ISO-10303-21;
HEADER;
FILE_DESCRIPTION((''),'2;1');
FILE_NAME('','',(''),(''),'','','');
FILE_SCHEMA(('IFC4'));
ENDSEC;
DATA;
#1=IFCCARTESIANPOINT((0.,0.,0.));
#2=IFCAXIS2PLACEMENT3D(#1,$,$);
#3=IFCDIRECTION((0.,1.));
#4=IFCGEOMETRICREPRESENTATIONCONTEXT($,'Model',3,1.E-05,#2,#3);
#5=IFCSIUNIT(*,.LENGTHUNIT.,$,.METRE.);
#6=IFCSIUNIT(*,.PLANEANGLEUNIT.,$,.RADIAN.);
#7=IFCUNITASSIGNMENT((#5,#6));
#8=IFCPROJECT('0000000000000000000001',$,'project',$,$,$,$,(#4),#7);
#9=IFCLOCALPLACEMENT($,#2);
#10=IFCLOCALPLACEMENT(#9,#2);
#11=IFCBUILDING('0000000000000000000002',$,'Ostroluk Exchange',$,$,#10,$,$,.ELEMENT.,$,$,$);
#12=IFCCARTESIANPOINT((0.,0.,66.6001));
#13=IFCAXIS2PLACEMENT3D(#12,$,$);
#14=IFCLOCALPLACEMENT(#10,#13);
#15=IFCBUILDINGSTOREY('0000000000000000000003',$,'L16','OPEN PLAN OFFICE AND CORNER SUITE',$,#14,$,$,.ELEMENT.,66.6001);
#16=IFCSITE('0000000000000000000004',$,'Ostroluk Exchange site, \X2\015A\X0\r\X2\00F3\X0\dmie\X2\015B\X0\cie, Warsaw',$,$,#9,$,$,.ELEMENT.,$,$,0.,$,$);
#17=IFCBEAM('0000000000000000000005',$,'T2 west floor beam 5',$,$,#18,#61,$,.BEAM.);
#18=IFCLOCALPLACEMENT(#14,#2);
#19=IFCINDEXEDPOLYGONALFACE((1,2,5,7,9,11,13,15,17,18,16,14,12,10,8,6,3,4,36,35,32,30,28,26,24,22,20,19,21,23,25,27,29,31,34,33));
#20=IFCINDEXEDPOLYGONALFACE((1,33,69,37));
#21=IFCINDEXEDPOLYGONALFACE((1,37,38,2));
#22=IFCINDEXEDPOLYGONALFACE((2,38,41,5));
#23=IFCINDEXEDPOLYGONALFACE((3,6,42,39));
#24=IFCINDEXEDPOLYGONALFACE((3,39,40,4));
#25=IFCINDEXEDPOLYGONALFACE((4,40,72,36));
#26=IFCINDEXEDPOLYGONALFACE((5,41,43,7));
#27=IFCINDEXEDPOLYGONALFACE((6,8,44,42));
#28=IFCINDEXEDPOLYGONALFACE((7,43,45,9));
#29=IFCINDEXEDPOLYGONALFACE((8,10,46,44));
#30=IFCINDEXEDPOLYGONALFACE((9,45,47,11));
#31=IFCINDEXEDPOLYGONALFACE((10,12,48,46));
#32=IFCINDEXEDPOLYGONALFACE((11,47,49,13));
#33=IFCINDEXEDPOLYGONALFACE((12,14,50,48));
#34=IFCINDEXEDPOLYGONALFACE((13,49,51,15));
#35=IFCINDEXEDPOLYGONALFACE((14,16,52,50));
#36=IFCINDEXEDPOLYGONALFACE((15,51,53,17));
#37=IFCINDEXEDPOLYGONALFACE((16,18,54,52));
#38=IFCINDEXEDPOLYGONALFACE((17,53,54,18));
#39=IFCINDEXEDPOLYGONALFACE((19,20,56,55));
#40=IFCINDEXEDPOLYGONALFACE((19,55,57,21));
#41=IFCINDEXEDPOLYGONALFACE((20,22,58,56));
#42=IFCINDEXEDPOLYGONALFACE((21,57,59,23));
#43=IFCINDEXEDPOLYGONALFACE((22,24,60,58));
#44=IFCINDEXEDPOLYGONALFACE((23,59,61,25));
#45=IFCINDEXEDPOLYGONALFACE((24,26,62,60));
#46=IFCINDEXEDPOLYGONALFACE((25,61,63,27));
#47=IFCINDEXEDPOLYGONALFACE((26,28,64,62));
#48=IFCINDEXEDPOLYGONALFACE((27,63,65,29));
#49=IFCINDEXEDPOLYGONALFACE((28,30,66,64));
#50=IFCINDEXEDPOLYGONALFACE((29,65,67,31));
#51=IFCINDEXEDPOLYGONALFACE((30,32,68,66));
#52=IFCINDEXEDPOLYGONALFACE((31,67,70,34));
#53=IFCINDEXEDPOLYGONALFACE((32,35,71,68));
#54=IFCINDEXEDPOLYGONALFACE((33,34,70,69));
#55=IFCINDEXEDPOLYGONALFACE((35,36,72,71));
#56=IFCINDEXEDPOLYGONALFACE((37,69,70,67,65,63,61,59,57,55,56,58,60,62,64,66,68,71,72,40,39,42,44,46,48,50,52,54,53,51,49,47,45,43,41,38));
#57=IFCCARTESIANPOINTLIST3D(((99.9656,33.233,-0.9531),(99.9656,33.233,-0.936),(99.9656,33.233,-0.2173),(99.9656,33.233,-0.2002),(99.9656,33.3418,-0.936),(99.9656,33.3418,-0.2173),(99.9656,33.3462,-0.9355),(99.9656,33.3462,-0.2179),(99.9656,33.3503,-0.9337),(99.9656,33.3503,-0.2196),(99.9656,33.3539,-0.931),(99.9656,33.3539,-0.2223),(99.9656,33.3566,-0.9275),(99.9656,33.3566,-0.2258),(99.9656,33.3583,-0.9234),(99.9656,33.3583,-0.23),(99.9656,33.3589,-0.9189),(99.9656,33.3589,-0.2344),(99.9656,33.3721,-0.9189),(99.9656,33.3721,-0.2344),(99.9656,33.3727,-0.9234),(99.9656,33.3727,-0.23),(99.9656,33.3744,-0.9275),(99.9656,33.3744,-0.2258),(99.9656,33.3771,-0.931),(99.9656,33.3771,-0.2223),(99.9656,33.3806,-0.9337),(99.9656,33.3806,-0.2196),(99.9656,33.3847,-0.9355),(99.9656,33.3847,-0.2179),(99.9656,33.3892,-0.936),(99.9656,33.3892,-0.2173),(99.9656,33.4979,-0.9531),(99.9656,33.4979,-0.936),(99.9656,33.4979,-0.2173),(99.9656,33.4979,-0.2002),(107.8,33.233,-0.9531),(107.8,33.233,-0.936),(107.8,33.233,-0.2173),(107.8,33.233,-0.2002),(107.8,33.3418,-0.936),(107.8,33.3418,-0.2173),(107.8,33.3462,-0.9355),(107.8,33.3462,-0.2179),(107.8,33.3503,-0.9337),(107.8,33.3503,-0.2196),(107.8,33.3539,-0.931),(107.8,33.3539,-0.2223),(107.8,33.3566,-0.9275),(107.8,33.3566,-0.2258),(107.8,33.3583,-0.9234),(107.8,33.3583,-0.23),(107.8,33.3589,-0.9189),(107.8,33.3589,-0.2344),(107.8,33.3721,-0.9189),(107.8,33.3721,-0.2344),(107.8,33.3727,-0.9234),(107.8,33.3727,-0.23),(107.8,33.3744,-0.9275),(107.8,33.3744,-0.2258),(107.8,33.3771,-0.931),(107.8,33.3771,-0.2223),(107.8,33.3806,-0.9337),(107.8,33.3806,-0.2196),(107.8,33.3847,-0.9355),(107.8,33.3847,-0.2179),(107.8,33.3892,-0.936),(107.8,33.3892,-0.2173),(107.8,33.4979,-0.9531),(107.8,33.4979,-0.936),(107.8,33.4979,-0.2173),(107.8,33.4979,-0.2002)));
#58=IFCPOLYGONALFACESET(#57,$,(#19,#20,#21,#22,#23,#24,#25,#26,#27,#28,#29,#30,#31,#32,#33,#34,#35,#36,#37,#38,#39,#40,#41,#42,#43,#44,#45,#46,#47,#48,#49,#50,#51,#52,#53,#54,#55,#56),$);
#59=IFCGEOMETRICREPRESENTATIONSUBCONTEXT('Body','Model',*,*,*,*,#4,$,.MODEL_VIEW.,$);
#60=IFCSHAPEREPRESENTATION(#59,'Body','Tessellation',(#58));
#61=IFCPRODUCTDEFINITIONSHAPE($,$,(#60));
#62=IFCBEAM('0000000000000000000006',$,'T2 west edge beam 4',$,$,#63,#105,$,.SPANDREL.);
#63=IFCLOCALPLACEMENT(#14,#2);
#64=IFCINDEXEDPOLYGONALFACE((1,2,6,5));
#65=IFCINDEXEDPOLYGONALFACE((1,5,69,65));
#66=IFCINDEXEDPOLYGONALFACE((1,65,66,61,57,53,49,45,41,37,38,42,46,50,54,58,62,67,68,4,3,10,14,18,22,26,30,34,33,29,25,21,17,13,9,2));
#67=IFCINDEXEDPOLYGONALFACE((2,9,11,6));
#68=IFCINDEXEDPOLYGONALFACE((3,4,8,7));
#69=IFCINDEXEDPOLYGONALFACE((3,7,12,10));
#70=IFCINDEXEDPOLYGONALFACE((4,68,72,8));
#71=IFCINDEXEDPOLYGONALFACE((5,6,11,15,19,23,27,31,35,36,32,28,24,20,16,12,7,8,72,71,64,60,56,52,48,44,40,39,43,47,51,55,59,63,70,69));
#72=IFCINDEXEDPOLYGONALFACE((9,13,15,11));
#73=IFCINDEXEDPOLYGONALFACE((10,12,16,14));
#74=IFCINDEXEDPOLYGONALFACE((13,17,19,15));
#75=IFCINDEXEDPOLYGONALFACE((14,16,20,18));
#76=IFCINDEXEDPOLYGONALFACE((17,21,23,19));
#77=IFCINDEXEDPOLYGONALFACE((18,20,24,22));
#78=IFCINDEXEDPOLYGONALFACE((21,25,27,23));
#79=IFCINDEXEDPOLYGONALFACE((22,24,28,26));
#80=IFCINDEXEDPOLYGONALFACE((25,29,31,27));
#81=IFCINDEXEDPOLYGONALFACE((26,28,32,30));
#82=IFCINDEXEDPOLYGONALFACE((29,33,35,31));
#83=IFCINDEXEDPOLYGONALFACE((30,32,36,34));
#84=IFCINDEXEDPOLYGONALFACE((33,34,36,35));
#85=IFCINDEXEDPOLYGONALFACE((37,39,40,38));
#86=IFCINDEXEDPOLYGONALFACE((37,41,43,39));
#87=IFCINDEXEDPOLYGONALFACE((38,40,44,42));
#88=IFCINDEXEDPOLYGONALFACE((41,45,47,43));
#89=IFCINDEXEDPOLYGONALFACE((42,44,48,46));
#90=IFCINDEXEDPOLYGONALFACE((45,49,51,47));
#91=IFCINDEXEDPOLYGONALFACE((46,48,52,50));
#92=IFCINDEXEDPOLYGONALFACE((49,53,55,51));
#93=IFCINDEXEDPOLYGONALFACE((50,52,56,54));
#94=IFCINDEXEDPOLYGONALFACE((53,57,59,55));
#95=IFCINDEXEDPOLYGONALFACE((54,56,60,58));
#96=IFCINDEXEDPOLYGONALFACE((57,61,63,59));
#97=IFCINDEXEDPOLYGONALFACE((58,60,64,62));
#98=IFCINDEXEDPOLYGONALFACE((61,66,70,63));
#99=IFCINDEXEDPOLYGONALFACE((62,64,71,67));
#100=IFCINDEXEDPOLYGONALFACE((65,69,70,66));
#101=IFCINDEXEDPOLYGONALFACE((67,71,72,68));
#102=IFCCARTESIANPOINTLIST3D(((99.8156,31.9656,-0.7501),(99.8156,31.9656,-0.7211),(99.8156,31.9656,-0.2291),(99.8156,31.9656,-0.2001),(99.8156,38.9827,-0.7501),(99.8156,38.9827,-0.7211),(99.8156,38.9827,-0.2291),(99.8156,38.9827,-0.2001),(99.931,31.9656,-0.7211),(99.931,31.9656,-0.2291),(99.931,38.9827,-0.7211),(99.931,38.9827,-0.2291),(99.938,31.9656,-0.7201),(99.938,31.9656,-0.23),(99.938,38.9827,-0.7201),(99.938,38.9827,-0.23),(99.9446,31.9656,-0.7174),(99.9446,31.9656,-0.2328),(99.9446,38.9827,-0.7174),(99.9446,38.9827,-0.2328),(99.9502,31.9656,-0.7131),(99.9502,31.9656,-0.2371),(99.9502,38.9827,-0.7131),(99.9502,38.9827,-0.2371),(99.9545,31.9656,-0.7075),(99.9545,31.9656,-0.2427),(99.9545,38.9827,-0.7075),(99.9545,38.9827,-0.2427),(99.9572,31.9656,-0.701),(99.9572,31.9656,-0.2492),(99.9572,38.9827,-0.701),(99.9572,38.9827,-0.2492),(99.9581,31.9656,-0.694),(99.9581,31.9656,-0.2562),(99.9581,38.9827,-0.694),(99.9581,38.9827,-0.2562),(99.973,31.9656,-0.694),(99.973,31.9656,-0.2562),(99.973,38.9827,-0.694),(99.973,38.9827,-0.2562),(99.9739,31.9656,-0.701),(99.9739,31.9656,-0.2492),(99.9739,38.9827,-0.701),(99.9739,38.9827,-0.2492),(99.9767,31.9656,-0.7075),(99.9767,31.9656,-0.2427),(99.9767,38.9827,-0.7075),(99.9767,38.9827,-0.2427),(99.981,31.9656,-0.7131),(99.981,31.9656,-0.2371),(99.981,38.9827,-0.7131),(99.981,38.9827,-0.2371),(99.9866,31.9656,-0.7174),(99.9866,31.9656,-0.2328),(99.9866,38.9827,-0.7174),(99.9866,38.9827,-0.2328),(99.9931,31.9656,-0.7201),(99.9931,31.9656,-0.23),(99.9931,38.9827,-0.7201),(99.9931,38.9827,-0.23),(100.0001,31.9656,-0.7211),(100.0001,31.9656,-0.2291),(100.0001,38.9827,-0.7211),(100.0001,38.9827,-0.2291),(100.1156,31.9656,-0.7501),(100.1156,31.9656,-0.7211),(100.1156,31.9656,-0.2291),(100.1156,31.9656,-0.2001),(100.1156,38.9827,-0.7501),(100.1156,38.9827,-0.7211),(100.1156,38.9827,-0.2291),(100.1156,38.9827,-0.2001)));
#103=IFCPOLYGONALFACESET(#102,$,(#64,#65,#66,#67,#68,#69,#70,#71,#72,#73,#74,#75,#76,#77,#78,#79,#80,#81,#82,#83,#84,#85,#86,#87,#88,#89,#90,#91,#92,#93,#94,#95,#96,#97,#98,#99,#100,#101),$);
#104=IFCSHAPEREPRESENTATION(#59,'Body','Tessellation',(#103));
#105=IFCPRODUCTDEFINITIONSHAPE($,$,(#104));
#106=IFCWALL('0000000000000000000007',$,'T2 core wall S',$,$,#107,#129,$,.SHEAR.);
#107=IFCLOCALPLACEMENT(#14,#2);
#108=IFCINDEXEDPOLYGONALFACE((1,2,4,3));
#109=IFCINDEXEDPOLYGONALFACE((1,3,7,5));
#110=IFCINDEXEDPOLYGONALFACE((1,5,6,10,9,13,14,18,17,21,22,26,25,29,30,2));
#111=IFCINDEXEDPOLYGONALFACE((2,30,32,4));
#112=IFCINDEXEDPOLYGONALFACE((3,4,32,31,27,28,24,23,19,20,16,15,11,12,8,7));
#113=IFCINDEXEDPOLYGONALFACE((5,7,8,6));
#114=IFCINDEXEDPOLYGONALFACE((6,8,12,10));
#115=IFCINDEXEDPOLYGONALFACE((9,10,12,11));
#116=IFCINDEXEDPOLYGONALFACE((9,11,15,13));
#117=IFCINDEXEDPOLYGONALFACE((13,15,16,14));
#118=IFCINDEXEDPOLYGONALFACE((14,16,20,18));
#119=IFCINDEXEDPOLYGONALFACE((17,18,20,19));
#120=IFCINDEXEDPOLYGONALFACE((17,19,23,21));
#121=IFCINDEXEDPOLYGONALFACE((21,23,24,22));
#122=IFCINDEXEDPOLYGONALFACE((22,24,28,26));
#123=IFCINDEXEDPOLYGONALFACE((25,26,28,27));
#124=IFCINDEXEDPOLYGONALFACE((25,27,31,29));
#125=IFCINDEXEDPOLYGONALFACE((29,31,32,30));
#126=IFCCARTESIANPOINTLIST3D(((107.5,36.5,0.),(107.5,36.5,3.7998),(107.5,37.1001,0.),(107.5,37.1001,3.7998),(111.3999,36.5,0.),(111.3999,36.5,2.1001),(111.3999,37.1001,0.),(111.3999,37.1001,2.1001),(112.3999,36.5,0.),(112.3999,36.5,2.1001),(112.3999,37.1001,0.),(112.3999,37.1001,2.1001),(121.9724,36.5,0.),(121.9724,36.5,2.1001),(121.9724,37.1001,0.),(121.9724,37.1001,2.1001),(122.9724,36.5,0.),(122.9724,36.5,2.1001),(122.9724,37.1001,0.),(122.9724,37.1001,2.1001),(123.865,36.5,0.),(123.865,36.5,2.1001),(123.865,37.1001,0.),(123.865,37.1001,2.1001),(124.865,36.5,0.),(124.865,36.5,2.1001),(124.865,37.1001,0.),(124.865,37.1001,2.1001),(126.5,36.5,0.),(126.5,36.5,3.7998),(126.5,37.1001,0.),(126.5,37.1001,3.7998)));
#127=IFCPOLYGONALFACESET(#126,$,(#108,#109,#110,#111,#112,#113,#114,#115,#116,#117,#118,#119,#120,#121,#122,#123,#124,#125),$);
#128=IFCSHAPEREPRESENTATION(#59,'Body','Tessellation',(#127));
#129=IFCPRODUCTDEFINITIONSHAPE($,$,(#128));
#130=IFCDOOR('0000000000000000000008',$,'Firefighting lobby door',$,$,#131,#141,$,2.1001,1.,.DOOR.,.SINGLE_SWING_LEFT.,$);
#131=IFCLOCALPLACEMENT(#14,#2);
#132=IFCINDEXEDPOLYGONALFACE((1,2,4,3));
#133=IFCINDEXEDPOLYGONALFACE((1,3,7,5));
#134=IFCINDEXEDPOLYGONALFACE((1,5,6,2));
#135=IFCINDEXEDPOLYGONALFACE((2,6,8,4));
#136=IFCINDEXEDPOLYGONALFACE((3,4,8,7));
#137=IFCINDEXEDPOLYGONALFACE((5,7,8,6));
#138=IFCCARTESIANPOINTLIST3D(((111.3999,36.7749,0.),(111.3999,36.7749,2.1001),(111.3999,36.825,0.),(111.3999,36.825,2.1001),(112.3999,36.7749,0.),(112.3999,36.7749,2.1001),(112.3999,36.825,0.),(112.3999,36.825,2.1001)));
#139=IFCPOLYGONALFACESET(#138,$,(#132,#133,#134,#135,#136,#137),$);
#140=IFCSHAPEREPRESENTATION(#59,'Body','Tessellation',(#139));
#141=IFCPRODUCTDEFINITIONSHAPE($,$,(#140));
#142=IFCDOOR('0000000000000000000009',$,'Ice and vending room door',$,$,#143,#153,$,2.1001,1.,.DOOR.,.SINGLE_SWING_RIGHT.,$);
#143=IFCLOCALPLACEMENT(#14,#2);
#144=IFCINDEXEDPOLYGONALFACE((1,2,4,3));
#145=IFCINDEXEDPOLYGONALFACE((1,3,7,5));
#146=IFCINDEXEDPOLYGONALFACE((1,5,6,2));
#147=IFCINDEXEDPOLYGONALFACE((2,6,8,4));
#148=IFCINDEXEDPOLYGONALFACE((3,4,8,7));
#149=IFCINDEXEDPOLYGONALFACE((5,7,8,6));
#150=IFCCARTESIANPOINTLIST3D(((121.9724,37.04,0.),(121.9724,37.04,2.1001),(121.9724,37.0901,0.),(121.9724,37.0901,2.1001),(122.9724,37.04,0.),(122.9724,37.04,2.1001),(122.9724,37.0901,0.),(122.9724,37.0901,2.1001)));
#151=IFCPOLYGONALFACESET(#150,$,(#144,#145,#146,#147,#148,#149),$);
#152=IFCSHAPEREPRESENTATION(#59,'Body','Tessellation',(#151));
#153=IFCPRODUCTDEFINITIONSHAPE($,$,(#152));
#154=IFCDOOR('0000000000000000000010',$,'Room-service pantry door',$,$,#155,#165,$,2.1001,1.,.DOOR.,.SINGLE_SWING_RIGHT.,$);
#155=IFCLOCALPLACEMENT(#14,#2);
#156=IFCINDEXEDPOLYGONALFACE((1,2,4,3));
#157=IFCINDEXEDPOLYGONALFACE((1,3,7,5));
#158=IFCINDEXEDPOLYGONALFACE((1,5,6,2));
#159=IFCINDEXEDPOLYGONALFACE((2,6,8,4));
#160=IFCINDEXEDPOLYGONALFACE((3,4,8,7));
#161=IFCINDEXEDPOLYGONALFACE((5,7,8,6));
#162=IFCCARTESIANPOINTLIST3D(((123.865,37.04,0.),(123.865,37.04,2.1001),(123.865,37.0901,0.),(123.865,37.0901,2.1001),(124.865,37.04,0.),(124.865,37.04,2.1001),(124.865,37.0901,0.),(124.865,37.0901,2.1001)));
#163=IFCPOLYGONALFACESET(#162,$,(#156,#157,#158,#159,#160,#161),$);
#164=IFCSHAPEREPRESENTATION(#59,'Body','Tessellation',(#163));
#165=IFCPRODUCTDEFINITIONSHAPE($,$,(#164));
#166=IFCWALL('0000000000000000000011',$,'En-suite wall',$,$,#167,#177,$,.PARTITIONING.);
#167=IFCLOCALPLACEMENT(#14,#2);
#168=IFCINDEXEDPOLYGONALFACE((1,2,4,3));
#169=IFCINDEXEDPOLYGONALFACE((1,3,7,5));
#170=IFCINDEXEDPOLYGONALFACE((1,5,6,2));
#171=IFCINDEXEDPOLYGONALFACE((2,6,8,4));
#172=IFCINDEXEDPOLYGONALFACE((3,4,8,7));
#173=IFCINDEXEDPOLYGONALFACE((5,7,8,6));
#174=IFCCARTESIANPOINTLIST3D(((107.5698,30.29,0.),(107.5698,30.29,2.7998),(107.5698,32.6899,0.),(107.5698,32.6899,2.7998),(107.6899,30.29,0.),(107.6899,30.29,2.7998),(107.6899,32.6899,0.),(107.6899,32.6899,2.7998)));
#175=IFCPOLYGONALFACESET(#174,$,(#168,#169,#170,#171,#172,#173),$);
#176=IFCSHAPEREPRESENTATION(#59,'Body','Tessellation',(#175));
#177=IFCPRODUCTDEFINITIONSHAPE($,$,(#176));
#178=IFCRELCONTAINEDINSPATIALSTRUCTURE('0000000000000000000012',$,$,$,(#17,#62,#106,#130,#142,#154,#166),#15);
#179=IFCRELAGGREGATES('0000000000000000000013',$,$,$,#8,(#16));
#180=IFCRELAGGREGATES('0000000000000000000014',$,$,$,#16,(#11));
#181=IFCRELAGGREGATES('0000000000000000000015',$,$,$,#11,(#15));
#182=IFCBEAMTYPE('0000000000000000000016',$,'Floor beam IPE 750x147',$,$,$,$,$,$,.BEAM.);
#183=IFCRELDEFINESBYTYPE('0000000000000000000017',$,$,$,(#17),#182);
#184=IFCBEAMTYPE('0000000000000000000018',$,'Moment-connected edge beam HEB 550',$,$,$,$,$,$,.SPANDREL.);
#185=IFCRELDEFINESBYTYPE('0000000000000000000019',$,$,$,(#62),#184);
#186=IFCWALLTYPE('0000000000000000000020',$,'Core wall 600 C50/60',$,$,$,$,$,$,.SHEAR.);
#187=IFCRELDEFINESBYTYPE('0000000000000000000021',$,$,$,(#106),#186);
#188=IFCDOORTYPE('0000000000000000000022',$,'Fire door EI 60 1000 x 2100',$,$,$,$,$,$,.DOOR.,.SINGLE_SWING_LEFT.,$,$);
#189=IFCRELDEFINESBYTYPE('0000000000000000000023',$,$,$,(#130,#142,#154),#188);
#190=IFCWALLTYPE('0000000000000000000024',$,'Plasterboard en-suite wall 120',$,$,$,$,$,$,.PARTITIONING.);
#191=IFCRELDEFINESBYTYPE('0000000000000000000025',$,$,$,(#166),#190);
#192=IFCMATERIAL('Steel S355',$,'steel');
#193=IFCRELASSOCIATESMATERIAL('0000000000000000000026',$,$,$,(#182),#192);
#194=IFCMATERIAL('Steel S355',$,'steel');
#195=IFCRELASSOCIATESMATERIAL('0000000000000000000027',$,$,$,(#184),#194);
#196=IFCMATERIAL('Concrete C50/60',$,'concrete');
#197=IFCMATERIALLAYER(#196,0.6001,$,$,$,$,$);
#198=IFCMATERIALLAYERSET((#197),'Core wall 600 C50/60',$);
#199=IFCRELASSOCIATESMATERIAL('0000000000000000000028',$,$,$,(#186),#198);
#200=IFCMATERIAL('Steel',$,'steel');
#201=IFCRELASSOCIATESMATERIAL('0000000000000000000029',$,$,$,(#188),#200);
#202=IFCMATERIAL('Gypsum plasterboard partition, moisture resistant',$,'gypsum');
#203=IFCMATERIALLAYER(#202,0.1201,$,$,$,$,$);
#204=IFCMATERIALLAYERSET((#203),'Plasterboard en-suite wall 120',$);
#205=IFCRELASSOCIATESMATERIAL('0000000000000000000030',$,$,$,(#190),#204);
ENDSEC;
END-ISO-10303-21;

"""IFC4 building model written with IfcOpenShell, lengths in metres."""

from ifc_helpers import new_model, si_unit, direction, frame, frame_2d, origin, origin_2d, place, context, subcontext, project, spatial, rectangle, i_section, extrude, material, layer, layer_set, material_profile, profile_set, type_object, element, fill, save


model = new_model("IFC4")

# Units and contexts
model_context = context("Model", 3, precision=1e-05, world=origin(), true_north=direction((0.0, 1.0)))
body_context = subcontext(model_context, "Body", "Model", "MODEL_VIEW")
ifc_project = project(units=[si_unit("LENGTHUNIT", "METRE"), si_unit("PLANEANGLEUNIT", "RADIAN")], contexts=[model_context])

# Site, building, storey
site_placement = place(None, origin())
site = spatial("IfcSite", under=ifc_project, at=site_placement, Name="Ostroluk Exchange site, Śródmieście, Warsaw", CompositionType="ELEMENT", RefElevation=0.0)
building_placement = place(site_placement, origin())
building = spatial("IfcBuilding", under=site, at=building_placement, Name="Ostroluk Exchange", CompositionType="ELEMENT")
storey_placement = place(building_placement, frame((0.0, 0.0, 66.6001)))
storey = spatial("IfcBuildingStorey", under=building, at=storey_placement, Name="L16", Description="OPEN PLAN OFFICE AND CORNER SUITE", CompositionType="ELEMENT", Elevation=66.6001)

# Beams
ifc_material_1 = material(Name="Steel S355", Category="steel")
ifc_material_profile_1 = material_profile(ifc_material_1, i_section(OverallWidth=0.2649, OverallDepth=0.7529, WebThickness=0.0132, FlangeThickness=0.0171, FilletRadius=0.0171, at=origin_2d()), Name="IPE 750x147")
ifc_profile_set_1 = profile_set([ifc_material_profile_1], Name="Steel S355")
beam_type_1 = type_object("IfcBeamType", Name="Floor beam IPE 750x147", PredefinedType="BEAM", material=ifc_profile_set_1)
beam_1_placement = place(storey_placement, frame((107.8, 33.3655, -0.5767), z_axis=(-1.0, 0.0, 0.0), x_axis=(0.0, -1.0, 0.0)))
element("IfcBeam", 1, at=beam_1_placement, inside=storey, type_object=beam_type_1, Name="T2 west floor beam 5", PredefinedType="BEAM", context=body_context, shape_type="SweptSolid", body=[
    extrude(i_section(OverallWidth=0.2649, OverallDepth=0.7529, WebThickness=0.0132, FlangeThickness=0.0171, FilletRadius=0.0171, at=origin_2d()), origin(), (0.0, 0.0, 1.0), 7.8345),
])
ifc_material_2 = material(Name="Steel S355", Category="steel")
ifc_material_profile_2 = material_profile(ifc_material_2, i_section(OverallWidth=0.3, OverallDepth=0.55, WebThickness=0.0149, FlangeThickness=0.0291, FilletRadius=0.0271, at=origin_2d()), Name="HEB 550")
ifc_profile_set_2 = profile_set([ifc_material_profile_2], Name="Steel S355")
beam_type_2 = type_object("IfcBeamType", Name="Moment-connected edge beam HEB 550", PredefinedType="SPANDREL", material=ifc_profile_set_2)
beam_2_placement = place(storey_placement, frame((99.9656, 38.9827, -0.4751), z_axis=(0.0, -1.0, 0.0), x_axis=(1.0, 0.0, 0.0)))
element("IfcBeam", 2, at=beam_2_placement, inside=storey, type_object=beam_type_2, Name="T2 west edge beam 4", PredefinedType="SPANDREL", context=body_context, shape_type="SweptSolid", body=[
    extrude(i_section(OverallWidth=0.3, OverallDepth=0.55, WebThickness=0.0149, FlangeThickness=0.0291, FilletRadius=0.0271, at=origin_2d()), origin(), (0.0, 0.0, 1.0), 7.0171),
])

# Wall, openings, doors
ifc_material_3 = material(Name="Concrete C50/60", Category="concrete")
ifc_layer_1 = layer(ifc_material_3, 0.6001)
ifc_layer_set_1 = layer_set([ifc_layer_1], Name="Core wall 600 C50/60")
wall_type_1 = type_object("IfcWallType", Name="Core wall 600 C50/60", PredefinedType="SHEAR", material=ifc_layer_set_1)
wall_1_placement = place(storey_placement, frame((107.5, 36.8, 0.0), z_axis=(0.0, 0.0, 1.0), x_axis=(1.0, 0.0, 0.0)))
wall_1 = element("IfcWall", 3, at=wall_1_placement, inside=storey, type_object=wall_type_1, Name="T2 core wall S", PredefinedType="SHEAR", context=body_context, shape_type="SweptSolid", body=[
    extrude(rectangle(XDim=19.0, YDim=0.6001, at=frame_2d((9.5, 0.0))), origin(), (0.0, 0.0, 1.0), 3.7998),
])
opening_1_placement = place(wall_1_placement, frame((3.8999, 0.0, 0.0)))
opening_1 = element("IfcOpeningElement", 4, at=opening_1_placement, cuts=wall_1, PredefinedType="OPENING", context=body_context, shape_type="SweptSolid", body=[
    extrude(rectangle(XDim=1.0, YDim=2.1001, at=frame_2d((0.5, 1.05))), frame((0.0, 0.3101, 0.0), z_axis=(0.0, -1.0, 0.0), x_axis=(1.0, 0.0, 0.0)), (0.0, 0.0, 1.0), 0.6201),
])
opening_2_placement = place(wall_1_placement, frame((14.4724, 0.0, 0.0)))
opening_2 = element("IfcOpeningElement", 5, at=opening_2_placement, cuts=wall_1, PredefinedType="OPENING", context=body_context, shape_type="SweptSolid", body=[
    extrude(rectangle(XDim=1.0, YDim=2.1001, at=frame_2d((0.5, 1.05))), frame((0.0, 0.3101, 0.0), z_axis=(0.0, -1.0, 0.0), x_axis=(1.0, 0.0, 0.0)), (0.0, 0.0, 1.0), 0.6201),
])
opening_3_placement = place(wall_1_placement, frame((16.365, 0.0, 0.0)))
opening_3 = element("IfcOpeningElement", 6, at=opening_3_placement, cuts=wall_1, PredefinedType="OPENING", context=body_context, shape_type="SweptSolid", body=[
    extrude(rectangle(XDim=1.0, YDim=2.1001, at=frame_2d((0.5, 1.05))), frame((0.0, 0.3101, 0.0), z_axis=(0.0, -1.0, 0.0), x_axis=(1.0, 0.0, 0.0)), (0.0, 0.0, 1.0), 0.6201),
])
ifc_material_4 = material(Name="Steel", Category="steel")
door_type_1 = type_object("IfcDoorType", Name="Fire door EI 60 1000 x 2100", OperationType="SINGLE_SWING_LEFT", PredefinedType="DOOR", material=ifc_material_4)
door_1_placement = place(opening_1_placement, origin())
door_1 = element("IfcDoor", 7, at=door_1_placement, inside=storey, type_object=door_type_1, Name="Firefighting lobby door", OperationType="SINGLE_SWING_LEFT", OverallHeight=2.1001, OverallWidth=1.0, PredefinedType="DOOR", context=body_context, shape_type="SweptSolid", body=[
    extrude(rectangle(XDim=1.0, YDim=2.1001, at=frame_2d((0.5, 1.05))), frame((0.0, 0.0249, 0.0), z_axis=(0.0, -1.0, 0.0), x_axis=(1.0, 0.0, 0.0)), (0.0, 0.0, 1.0), 0.05),
])
fill(opening_1, door_1)
door_2_placement = place(opening_2_placement, origin())
door_2 = element("IfcDoor", 8, at=door_2_placement, inside=storey, type_object=door_type_1, Name="Ice and vending room door", OperationType="SINGLE_SWING_RIGHT", OverallHeight=2.1001, OverallWidth=1.0, PredefinedType="DOOR", context=body_context, shape_type="SweptSolid", body=[
    extrude(rectangle(XDim=1.0, YDim=2.1001, at=frame_2d((0.5, 1.05))), frame((0.0, 0.29, 0.0), z_axis=(0.0, -1.0, 0.0), x_axis=(1.0, 0.0, 0.0)), (0.0, 0.0, 1.0), 0.05),
])
fill(opening_2, door_2)
door_3_placement = place(opening_3_placement, origin())
door_3 = element("IfcDoor", 9, at=door_3_placement, inside=storey, type_object=door_type_1, Name="Room-service pantry door", OperationType="SINGLE_SWING_RIGHT", OverallHeight=2.1001, OverallWidth=1.0, PredefinedType="DOOR", context=body_context, shape_type="SweptSolid", body=[
    extrude(rectangle(XDim=1.0, YDim=2.1001, at=frame_2d((0.5, 1.05))), frame((0.0, 0.29, 0.0), z_axis=(0.0, -1.0, 0.0), x_axis=(1.0, 0.0, 0.0)), (0.0, 0.0, 1.0), 0.05),
])
fill(opening_3, door_3)

# Wall
ifc_material_5 = material(Name="Gypsum plasterboard partition, moisture resistant", Category="gypsum")
ifc_layer_2 = layer(ifc_material_5, 0.1201)
ifc_layer_set_2 = layer_set([ifc_layer_2], Name="Plasterboard en-suite wall 120")
wall_type_2 = type_object("IfcWallType", Name="Plasterboard en-suite wall 120", PredefinedType="PARTITIONING", material=ifc_layer_set_2)
wall_2_placement = place(storey_placement, frame((107.6299, 32.6899, 0.0), z_axis=(0.0, 0.0, 1.0), x_axis=(0.0, -1.0, 0.0)))
element("IfcWall", 10, at=wall_2_placement, inside=storey, type_object=wall_type_2, Name="En-suite wall", PredefinedType="PARTITIONING", context=body_context, shape_type="SweptSolid", body=[
    extrude(rectangle(XDim=2.3999, YDim=0.1201, at=frame_2d((1.2, 0.0))), origin(), (0.0, 0.0, 1.0), 2.7998),
])

save(model, "model.ifc")
